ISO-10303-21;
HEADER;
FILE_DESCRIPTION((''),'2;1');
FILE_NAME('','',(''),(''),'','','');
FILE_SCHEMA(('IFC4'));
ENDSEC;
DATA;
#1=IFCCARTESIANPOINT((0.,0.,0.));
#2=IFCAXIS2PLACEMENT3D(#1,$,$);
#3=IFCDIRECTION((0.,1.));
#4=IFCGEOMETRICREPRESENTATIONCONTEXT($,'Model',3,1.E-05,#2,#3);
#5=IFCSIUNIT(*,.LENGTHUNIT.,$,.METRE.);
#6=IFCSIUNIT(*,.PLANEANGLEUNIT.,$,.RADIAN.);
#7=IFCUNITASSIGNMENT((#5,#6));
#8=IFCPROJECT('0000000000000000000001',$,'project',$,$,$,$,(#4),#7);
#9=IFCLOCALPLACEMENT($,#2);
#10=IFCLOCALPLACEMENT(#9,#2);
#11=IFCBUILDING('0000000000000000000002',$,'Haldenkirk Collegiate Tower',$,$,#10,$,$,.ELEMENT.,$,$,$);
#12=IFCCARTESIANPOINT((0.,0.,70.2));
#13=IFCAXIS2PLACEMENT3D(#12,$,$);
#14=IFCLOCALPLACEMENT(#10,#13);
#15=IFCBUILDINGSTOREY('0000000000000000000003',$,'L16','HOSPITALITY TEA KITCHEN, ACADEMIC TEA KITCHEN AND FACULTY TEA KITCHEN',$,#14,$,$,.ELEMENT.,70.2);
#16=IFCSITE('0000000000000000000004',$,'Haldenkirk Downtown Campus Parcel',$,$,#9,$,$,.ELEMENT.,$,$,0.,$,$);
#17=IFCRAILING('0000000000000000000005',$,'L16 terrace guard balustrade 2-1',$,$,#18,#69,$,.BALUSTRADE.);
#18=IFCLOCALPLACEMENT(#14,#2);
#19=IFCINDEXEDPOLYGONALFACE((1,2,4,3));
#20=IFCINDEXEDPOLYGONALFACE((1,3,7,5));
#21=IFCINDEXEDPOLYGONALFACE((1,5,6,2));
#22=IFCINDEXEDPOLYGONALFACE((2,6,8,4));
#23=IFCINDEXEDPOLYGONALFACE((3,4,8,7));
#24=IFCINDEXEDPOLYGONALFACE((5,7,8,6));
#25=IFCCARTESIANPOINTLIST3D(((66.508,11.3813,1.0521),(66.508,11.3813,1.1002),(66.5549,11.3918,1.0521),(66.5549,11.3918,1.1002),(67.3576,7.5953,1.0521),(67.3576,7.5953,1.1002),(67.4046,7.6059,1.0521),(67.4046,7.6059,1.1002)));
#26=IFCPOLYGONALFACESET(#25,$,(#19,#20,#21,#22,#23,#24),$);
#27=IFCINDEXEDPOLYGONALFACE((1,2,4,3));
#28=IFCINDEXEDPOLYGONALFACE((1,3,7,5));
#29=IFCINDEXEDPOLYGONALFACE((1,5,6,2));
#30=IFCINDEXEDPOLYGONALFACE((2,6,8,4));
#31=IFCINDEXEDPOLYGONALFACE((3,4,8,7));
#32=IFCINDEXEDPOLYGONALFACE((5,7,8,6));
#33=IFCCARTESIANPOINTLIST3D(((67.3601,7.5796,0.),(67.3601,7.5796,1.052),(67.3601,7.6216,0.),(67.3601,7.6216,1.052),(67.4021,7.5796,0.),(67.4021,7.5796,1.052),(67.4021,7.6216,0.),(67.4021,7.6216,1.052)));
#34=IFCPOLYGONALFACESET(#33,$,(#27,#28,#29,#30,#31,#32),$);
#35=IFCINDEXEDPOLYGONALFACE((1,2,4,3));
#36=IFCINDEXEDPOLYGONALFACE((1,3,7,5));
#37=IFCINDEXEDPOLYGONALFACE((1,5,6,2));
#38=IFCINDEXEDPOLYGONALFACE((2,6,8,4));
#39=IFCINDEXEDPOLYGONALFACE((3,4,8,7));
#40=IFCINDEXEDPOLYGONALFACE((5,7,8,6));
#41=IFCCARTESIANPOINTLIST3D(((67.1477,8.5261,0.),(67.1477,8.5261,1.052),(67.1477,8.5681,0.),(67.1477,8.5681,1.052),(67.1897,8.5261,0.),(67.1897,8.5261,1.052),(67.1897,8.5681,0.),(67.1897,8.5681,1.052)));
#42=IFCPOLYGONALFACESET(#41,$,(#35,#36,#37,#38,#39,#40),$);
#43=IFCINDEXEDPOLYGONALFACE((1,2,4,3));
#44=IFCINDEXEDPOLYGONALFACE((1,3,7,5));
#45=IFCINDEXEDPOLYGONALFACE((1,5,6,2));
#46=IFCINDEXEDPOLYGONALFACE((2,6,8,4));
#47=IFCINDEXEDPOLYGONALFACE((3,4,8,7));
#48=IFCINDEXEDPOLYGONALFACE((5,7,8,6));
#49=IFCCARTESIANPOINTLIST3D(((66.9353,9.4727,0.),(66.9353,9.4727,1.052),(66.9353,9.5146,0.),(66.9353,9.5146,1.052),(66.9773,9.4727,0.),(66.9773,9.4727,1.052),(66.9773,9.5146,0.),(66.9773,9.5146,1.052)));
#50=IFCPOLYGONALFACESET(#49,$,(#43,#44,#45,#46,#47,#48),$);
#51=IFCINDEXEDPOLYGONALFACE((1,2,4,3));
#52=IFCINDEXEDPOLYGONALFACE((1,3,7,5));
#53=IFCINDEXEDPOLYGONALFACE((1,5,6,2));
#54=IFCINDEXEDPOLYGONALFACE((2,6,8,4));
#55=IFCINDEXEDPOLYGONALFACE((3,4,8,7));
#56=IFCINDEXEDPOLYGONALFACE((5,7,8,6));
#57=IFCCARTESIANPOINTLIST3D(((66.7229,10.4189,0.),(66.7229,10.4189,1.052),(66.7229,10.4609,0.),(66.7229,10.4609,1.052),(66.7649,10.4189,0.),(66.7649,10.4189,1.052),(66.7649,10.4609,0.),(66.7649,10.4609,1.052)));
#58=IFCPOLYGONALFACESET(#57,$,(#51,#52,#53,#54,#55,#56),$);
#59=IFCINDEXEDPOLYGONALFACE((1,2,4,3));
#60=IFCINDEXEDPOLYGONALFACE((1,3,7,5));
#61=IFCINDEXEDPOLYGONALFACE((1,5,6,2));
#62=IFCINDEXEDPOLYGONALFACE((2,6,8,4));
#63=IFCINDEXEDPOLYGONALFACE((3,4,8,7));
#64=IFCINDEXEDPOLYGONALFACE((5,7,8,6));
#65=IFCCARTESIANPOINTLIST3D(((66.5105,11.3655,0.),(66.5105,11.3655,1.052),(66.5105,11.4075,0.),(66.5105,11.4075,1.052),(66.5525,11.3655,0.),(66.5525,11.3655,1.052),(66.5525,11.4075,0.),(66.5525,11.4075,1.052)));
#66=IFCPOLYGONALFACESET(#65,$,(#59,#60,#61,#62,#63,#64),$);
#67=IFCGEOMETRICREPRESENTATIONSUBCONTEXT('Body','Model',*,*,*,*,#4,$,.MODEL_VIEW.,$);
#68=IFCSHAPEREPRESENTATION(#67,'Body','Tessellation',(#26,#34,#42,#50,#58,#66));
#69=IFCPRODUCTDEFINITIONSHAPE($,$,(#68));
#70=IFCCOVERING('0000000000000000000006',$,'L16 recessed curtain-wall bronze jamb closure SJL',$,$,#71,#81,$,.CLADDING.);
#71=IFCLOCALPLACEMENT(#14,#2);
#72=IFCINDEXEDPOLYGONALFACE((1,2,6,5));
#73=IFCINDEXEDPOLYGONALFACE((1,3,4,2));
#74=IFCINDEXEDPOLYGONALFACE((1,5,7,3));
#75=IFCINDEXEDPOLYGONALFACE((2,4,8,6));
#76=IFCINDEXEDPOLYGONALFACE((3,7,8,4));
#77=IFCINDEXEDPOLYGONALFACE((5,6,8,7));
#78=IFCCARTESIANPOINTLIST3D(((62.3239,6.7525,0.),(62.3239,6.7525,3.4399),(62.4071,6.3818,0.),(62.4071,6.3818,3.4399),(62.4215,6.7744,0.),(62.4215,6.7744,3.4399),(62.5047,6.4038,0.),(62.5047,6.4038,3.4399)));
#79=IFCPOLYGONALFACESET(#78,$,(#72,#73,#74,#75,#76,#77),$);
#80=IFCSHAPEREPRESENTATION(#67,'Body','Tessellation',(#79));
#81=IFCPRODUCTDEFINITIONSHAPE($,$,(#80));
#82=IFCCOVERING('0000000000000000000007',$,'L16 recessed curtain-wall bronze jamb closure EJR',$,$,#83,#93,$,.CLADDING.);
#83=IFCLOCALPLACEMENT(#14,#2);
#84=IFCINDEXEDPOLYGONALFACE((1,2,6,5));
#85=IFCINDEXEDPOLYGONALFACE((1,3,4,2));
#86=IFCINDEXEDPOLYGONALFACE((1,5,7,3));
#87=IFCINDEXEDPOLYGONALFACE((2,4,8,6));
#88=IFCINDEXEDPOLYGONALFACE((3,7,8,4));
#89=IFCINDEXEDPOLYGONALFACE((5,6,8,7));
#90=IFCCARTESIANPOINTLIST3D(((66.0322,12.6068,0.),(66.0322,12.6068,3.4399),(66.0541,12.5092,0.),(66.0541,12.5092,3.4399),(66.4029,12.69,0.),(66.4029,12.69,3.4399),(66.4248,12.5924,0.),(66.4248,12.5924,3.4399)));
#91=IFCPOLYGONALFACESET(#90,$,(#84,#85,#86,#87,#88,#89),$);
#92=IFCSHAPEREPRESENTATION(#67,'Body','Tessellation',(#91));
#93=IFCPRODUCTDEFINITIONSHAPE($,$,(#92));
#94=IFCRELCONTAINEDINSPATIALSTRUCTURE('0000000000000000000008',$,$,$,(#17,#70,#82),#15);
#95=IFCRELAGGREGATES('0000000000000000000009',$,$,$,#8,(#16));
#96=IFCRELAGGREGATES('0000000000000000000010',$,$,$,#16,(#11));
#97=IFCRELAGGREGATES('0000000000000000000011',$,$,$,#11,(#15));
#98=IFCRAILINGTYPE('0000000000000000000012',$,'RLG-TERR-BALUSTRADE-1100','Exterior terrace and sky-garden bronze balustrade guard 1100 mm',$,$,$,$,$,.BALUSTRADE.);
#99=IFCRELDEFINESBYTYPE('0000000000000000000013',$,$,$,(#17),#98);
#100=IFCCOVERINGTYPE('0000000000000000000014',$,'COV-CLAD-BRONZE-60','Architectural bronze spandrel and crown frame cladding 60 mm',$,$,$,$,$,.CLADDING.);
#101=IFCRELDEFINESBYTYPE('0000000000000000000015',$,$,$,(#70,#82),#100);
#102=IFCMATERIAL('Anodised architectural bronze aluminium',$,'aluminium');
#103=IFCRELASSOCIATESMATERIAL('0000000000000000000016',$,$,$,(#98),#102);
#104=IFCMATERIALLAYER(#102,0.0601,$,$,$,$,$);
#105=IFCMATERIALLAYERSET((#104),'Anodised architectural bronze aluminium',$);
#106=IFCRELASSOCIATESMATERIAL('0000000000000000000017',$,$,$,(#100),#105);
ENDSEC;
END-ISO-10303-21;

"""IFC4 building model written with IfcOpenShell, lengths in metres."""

from ifc_helpers import new_model, si_unit, direction, frame, origin, origin_2d, place, context, subcontext, project, spatial, rectangle, extrude, source, transform, mapped, material, layer, layer_set, type_object, element, save


model = new_model("IFC4")

# Units and contexts
model_context = context("Model", 3, precision=1e-05, world=origin(), true_north=direction((0.0, 1.0)))
body_context = subcontext(model_context, "Body", "Model", "MODEL_VIEW")
ifc_project = project(units=[si_unit("LENGTHUNIT", "METRE"), si_unit("PLANEANGLEUNIT", "RADIAN")], contexts=[model_context])

# Site, building, storey
site_placement = place(None, origin())
site = spatial("IfcSite", under=ifc_project, at=site_placement, Name="Haldenkirk Downtown Campus Parcel", CompositionType="ELEMENT", RefElevation=0.0)
building_placement = place(site_placement, origin())
building = spatial("IfcBuilding", under=site, at=building_placement, Name="Haldenkirk Collegiate Tower", CompositionType="ELEMENT")
storey_placement = place(building_placement, frame((0.0, 0.0, 70.2)))
storey = spatial("IfcBuildingStorey", under=building, at=storey_placement, Name="L16", Description="HOSPITALITY TEA KITCHEN, ACADEMIC TEA KITCHEN AND FACULTY TEA KITCHEN", CompositionType="ELEMENT", Elevation=70.2)

# Shared definitions
ifc_material_1 = material(Name="Anodised architectural bronze aluminium", Category="aluminium")

# Railing
railing_type = type_object("IfcRailingType", Name="RLG-TERR-BALUSTRADE-1100", Description="Exterior terrace and sky-garden bronze balustrade guard 1100 mm", PredefinedType="BALUSTRADE", material=ifc_material_1)
railing_1_placement = place(storey_placement, frame((67.3811, 7.6006, 0.0)))
element("IfcRailing", 1, at=railing_1_placement, inside=storey, type_object=railing_type, Name="L16 terrace guard balustrade 2-1", PredefinedType="BALUSTRADE", context=body_context, shape_type="SweptSolid", body=[
    extrude(rectangle(XDim=0.0481, YDim=0.0481, at=origin_2d()), frame((0.0, 0.0, 1.0762), z_axis=(-0.218969, 0.975732, 0.0), x_axis=(-0.975732, -0.218969, 0.0)), (0.0, 0.0, 1.0), 3.8801),
    extrude(rectangle(XDim=0.042, YDim=0.042, at=origin_2d()), origin(), (0.0, 0.0, 1.0), 1.052),
    extrude(rectangle(XDim=0.042, YDim=0.042, at=origin_2d()), frame((-0.2124, 0.9465, 0.0)), (0.0, 0.0, 1.0), 1.052),
    extrude(rectangle(XDim=0.042, YDim=0.042, at=origin_2d()), frame((-0.4248, 1.8931, 0.0)), (0.0, 0.0, 1.0), 1.052),
    extrude(rectangle(XDim=0.042, YDim=0.042, at=origin_2d()), frame((-0.6372, 2.8394, 0.0)), (0.0, 0.0, 1.0), 1.052),
    extrude(rectangle(XDim=0.042, YDim=0.042, at=origin_2d()), frame((-0.8496, 3.7859, 0.0)), (0.0, 0.0, 1.0), 1.052),
])

# Coverings
ifc_layer_1 = layer(ifc_material_1, 0.0601)
ifc_layer_set_1 = layer_set([ifc_layer_1], Name="Anodised architectural bronze aluminium")
covering_type = type_object("IfcCoveringType", Name="COV-CLAD-BRONZE-60", Description="Architectural bronze spandrel and crown frame cladding 60 mm", PredefinedType="CLADDING", material=ifc_layer_set_1)
shared_shape_1 = source(origin(), body_context, "Body", "SweptSolid", [
    extrude(rectangle(XDim=0.1001, YDim=0.3799, at=origin_2d()), origin(), (0.0, 0.0, 1.0), 3.4399),
])
for number, where, z_axis, x_axis, name in (
    (2, (62.4143, 6.5781, 0.0), (0.0, 0.0, 1.0), (-0.975726, -0.218995, 0.0), "L16 recessed curtain-wall bronze jamb closure SJL"),
    (3, (66.2285, 12.5996, 0.0), (0.0, 0.0, 1.0), (0.218995, -0.975726, 0.0), "L16 recessed curtain-wall bronze jamb closure EJR"),
):
    element("IfcCovering", number, at=place(storey_placement, frame(where, z_axis=z_axis, x_axis=x_axis)), inside=storey, type_object=covering_type, Name=name, PredefinedType="CLADDING", context=body_context, shape_type="MappedRepresentation", body=[
        mapped(shared_shape_1, transform((0.0, 0.0, 0.0), x_axis=(1.0, 0.0, 0.0), y_axis=(0.0, 1.0, 0.0), z_axis=(0.0, 0.0, 1.0), scale=1.0)),
    ])

save(model, "model.ifc")
